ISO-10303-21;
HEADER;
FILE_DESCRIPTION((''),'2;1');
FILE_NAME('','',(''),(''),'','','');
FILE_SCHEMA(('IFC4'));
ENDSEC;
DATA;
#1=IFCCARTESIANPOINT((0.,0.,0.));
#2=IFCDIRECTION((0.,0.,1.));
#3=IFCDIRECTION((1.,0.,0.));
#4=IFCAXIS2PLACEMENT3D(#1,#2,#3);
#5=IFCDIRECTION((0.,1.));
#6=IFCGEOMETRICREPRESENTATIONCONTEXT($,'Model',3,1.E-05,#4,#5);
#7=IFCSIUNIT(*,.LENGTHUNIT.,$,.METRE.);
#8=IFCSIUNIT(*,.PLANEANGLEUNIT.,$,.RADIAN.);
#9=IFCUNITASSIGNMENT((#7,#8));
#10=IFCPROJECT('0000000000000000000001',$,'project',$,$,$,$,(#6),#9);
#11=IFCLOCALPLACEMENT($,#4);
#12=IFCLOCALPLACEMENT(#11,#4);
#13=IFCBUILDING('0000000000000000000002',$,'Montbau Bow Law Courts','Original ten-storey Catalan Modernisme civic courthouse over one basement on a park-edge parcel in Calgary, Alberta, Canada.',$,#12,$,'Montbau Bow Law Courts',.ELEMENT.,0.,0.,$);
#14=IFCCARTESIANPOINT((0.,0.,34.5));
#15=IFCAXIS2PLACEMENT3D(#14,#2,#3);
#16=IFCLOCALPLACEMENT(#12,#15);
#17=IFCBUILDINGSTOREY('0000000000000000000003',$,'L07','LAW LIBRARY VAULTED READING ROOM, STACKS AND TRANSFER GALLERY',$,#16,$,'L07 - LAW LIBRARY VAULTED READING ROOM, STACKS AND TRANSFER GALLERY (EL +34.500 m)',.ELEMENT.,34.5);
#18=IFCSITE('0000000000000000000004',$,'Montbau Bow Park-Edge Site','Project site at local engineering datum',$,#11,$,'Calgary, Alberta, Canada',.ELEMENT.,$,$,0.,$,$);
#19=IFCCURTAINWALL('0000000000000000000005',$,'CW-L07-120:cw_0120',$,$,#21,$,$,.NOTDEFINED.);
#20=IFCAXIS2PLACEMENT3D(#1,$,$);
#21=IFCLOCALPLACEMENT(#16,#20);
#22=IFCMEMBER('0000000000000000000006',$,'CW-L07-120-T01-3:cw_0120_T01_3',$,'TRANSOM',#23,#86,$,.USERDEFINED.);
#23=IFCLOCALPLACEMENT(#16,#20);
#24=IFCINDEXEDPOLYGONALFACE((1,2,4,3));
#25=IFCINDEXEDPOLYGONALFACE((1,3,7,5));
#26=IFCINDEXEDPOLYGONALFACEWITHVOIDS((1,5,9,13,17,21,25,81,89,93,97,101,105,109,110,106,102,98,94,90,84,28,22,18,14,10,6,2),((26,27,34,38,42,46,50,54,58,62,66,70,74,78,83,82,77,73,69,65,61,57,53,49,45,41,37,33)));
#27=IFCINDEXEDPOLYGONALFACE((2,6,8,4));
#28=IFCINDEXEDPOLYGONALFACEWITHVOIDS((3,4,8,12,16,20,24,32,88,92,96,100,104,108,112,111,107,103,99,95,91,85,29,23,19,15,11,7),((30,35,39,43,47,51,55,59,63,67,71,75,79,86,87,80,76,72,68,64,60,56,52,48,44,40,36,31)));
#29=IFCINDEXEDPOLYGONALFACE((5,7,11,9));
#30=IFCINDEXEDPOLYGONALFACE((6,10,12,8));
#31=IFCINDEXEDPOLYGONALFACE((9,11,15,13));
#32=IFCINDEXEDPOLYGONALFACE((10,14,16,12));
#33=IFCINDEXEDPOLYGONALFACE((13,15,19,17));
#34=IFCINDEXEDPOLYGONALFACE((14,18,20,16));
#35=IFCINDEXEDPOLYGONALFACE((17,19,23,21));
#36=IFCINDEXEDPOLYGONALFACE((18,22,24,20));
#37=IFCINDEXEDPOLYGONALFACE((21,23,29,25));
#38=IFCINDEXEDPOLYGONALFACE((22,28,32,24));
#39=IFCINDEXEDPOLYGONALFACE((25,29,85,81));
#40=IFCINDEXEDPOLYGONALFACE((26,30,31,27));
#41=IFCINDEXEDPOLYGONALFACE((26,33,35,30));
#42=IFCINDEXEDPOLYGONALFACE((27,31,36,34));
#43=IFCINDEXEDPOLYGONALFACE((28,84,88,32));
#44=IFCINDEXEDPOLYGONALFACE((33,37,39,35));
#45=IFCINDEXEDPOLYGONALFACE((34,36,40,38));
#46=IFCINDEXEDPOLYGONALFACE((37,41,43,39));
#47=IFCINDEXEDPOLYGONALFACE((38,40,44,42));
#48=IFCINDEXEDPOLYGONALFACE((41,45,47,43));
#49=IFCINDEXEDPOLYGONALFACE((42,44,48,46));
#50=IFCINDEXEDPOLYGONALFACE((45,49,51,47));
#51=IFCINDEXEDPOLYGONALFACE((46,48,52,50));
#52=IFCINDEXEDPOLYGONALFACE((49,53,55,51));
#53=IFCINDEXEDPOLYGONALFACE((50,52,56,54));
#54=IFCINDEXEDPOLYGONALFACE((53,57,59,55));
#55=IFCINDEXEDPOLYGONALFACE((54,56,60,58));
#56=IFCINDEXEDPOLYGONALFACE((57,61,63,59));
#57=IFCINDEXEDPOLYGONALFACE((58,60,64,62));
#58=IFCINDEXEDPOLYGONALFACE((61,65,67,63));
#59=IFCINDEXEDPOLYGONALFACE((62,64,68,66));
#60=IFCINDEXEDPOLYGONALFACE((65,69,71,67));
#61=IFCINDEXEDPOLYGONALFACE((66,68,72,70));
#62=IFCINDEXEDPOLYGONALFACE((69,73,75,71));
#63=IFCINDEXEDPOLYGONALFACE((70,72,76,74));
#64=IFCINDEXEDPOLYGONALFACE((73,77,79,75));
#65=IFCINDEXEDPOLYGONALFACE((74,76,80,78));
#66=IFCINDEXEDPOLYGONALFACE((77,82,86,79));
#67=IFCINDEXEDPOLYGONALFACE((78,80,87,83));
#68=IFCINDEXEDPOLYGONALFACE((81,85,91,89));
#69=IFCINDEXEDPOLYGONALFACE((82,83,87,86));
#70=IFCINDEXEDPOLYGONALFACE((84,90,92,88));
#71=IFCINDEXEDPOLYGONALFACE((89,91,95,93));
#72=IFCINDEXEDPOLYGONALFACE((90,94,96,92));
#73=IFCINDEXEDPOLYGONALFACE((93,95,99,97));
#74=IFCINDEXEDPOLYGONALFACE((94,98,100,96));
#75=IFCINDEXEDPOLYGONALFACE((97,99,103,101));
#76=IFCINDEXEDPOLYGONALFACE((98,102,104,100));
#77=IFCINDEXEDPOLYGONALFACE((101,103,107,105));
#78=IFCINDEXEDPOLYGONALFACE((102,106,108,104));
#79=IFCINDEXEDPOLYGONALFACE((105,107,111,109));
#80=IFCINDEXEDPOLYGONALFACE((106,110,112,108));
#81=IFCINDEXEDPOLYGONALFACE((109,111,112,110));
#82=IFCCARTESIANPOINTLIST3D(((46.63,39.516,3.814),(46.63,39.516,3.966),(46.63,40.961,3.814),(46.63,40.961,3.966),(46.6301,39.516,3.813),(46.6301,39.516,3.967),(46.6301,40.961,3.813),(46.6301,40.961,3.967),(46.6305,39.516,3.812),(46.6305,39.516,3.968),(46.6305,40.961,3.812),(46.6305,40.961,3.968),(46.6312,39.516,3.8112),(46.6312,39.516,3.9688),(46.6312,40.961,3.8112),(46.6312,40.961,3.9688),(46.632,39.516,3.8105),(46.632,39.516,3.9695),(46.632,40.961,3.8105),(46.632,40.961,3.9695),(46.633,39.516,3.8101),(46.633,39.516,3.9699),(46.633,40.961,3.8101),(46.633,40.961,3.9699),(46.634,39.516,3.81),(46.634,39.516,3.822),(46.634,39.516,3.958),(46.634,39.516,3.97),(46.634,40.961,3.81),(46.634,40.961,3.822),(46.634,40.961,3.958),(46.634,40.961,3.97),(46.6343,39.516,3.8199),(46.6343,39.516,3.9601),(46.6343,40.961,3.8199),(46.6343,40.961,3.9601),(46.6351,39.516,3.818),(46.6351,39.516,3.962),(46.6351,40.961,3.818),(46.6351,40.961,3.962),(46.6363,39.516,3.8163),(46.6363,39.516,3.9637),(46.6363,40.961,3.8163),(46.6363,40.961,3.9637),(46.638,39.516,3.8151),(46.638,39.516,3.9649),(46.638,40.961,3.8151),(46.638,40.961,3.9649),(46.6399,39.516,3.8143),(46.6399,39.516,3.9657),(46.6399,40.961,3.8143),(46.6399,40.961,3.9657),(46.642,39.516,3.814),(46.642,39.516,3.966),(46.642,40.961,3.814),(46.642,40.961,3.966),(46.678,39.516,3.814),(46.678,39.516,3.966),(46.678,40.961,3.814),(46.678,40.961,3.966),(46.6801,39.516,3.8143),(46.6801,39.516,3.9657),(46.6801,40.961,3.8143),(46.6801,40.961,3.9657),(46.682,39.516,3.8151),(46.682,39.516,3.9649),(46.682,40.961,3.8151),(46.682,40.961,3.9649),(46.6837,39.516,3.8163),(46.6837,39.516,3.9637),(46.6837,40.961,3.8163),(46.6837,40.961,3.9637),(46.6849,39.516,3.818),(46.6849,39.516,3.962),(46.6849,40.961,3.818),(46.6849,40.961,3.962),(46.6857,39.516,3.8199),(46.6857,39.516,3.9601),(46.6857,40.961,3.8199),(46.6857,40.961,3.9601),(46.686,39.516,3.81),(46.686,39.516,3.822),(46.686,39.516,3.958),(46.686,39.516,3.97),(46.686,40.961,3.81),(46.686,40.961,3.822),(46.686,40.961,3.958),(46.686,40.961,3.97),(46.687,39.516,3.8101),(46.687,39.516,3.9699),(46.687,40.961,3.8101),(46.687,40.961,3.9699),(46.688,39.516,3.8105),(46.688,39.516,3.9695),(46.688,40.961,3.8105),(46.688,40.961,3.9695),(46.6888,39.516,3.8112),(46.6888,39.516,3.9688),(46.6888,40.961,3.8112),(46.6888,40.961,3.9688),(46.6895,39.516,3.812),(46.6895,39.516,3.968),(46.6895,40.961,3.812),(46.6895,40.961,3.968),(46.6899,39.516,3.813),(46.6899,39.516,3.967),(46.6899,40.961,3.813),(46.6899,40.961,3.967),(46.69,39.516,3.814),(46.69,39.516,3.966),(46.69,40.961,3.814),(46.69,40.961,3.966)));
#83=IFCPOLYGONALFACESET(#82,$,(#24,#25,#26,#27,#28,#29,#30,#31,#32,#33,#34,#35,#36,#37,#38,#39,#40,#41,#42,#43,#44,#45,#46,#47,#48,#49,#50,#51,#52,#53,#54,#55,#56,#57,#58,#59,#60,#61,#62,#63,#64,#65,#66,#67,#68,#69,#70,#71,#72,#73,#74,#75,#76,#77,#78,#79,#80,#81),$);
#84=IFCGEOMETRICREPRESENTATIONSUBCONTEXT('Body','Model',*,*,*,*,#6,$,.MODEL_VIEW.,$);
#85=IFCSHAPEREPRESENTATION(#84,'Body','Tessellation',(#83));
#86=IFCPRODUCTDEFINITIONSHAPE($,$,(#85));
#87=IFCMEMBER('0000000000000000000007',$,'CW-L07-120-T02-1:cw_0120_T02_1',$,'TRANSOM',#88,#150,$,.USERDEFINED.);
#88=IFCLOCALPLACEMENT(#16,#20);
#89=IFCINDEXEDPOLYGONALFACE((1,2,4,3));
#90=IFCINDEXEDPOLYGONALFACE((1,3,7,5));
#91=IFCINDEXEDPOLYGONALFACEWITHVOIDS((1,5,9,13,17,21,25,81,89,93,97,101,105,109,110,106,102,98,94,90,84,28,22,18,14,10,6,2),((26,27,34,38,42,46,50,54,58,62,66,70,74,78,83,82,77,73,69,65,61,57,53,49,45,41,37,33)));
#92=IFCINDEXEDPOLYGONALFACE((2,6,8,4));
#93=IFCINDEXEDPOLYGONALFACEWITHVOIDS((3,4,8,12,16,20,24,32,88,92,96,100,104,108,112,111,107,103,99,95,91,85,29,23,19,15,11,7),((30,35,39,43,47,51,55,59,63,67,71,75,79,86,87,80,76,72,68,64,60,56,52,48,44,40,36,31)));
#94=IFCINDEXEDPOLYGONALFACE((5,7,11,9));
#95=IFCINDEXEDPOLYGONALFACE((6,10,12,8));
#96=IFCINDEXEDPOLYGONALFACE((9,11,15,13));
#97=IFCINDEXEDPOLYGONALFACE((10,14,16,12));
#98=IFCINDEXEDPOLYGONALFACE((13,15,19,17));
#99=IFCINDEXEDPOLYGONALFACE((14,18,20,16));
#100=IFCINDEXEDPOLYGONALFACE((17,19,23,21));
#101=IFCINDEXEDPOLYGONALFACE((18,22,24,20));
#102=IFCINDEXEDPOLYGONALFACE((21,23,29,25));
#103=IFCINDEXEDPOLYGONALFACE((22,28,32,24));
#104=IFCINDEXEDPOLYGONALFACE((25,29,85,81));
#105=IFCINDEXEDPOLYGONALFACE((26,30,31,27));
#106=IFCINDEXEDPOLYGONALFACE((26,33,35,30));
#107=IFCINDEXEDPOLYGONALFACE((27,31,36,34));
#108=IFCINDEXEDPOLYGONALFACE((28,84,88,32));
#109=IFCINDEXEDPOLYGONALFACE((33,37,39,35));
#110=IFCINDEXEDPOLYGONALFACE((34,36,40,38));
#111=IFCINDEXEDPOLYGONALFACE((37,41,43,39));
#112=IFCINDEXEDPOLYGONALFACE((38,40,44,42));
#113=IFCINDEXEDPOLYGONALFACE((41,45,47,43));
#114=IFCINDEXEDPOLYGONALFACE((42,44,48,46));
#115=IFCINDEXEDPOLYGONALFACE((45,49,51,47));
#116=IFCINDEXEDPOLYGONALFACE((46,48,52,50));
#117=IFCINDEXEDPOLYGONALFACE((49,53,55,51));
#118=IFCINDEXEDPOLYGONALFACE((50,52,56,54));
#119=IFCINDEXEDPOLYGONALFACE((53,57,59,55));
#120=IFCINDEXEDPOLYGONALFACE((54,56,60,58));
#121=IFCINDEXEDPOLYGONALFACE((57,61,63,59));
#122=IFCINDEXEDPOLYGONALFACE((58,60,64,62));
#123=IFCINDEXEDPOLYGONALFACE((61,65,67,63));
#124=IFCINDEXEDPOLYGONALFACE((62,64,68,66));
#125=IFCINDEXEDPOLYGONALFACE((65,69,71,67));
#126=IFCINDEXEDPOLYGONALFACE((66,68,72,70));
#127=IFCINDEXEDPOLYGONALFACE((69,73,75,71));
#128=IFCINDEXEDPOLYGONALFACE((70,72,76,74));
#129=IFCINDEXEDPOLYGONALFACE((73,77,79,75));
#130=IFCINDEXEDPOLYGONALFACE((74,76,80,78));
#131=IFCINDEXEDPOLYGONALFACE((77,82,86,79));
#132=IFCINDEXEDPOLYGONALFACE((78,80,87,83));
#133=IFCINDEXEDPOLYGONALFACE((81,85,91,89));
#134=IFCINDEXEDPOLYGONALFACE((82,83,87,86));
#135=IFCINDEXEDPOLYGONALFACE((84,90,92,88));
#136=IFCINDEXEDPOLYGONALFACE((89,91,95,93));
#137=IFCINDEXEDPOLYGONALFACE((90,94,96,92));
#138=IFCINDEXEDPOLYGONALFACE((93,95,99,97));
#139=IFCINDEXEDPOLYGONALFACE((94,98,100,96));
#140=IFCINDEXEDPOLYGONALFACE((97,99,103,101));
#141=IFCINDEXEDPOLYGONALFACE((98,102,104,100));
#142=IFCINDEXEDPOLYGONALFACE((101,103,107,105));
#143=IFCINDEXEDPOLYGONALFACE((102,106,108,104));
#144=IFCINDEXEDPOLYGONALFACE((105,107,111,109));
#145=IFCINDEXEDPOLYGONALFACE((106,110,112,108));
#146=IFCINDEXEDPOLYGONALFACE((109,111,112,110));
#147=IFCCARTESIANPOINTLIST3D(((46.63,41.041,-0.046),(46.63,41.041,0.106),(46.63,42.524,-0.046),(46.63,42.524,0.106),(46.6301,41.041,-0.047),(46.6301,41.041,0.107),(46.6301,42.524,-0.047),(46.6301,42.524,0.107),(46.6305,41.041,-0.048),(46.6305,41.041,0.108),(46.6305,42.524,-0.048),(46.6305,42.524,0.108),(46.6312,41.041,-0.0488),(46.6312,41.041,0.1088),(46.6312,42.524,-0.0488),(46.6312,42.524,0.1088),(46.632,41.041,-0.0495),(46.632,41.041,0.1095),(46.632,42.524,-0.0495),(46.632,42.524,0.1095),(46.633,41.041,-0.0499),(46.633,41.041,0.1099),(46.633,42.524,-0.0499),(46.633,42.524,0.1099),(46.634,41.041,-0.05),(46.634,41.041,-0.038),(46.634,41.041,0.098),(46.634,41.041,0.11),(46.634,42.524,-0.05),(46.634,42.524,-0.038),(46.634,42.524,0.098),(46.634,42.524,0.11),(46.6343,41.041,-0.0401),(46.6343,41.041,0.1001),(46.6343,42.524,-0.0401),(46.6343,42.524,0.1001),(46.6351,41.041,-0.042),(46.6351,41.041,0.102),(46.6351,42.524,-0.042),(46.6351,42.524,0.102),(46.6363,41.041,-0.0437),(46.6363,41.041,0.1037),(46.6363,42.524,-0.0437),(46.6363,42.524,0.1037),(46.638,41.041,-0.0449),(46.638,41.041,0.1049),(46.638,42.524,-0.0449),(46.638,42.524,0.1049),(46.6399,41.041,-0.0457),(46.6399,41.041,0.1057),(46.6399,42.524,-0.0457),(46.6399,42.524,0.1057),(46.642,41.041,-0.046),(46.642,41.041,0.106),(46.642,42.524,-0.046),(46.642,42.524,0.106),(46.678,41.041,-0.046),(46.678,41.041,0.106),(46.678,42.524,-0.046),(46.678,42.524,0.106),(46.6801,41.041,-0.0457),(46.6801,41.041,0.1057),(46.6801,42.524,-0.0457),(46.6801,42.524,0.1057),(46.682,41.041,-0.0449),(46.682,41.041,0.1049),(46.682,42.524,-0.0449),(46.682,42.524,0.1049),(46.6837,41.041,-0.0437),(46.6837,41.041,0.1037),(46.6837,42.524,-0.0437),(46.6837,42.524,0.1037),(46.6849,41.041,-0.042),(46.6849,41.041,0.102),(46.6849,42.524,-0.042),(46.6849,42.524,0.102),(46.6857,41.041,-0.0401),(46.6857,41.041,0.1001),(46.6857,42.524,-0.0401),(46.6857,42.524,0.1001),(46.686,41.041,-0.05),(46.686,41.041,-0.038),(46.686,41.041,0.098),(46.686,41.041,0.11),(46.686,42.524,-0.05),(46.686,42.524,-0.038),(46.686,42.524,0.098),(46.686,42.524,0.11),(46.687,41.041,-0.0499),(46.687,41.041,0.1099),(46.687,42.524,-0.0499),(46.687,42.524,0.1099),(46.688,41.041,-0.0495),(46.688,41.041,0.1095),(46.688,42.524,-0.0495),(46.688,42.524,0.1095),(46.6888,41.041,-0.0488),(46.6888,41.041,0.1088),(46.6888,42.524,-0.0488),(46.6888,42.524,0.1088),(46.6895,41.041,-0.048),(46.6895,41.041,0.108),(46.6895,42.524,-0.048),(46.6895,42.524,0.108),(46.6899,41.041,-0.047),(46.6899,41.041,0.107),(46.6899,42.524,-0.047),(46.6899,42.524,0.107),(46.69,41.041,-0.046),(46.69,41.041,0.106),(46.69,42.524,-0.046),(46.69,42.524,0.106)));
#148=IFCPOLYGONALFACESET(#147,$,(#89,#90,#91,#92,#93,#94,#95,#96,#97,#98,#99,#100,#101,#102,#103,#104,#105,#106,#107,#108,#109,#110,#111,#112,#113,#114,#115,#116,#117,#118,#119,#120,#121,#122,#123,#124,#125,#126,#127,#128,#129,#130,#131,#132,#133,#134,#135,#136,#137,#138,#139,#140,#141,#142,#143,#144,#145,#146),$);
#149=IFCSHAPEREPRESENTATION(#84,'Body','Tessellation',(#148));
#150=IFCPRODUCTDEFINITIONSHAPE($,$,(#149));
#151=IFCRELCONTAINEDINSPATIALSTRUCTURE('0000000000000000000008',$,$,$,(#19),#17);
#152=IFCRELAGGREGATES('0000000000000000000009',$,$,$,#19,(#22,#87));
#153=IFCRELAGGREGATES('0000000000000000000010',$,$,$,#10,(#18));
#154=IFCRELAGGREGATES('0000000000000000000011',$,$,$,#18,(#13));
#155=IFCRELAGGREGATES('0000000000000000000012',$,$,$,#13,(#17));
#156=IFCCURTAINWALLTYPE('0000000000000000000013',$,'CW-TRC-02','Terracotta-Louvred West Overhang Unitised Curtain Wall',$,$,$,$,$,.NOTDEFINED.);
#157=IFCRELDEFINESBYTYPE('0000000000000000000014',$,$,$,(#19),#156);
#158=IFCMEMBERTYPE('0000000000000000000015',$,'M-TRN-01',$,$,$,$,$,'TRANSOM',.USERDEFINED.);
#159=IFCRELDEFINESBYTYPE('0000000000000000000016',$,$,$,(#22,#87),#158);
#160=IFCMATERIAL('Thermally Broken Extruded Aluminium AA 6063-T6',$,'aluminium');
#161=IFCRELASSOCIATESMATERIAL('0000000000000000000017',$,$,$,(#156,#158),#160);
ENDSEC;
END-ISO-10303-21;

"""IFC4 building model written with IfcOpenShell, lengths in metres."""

from ifc_helpers import new_model, si_unit, direction, frame, origin_with_axes, origin_2d_with_axis, place, context, subcontext, project, spatial, hollow_rectangle, extrude, material, material_profile, profile_set, type_object, element, aggregate, save


model = new_model("IFC4")

# Units and contexts
model_context = context("Model", 3, precision=1e-05, world=origin_with_axes(), true_north=direction((0.0, 1.0)))
body_context = subcontext(model_context, "Body", "Model", "MODEL_VIEW")
ifc_project = project(units=[si_unit("LENGTHUNIT", "METRE"), si_unit("PLANEANGLEUNIT", "RADIAN")], contexts=[model_context])

# Site, building, storey
site_placement = place(None, origin_with_axes())
site = spatial("IfcSite", under=ifc_project, at=site_placement, Name="Montbau Bow Park-Edge Site", Description="Project site at local engineering datum", LongName="Calgary, Alberta, Canada", CompositionType="ELEMENT", RefElevation=0.0)
building_placement = place(site_placement, origin_with_axes())
building = spatial("IfcBuilding", under=site, at=building_placement, Name="Montbau Bow Law Courts", Description="Original ten-storey Catalan Modernisme civic courthouse over one basement on a park-edge parcel in Calgary, Alberta, Canada.", LongName="Montbau Bow Law Courts", CompositionType="ELEMENT", ElevationOfRefHeight=0.0, ElevationOfTerrain=0.0)
storey_placement = place(building_placement, frame((0.0, 0.0, 34.5), z_axis=(0.0, 0.0, 1.0), x_axis=(1.0, 0.0, 0.0)))
storey = spatial("IfcBuildingStorey", under=building, at=storey_placement, Name="L07", Description="LAW LIBRARY VAULTED READING ROOM, STACKS AND TRANSFER GALLERY", LongName="L07 - LAW LIBRARY VAULTED READING ROOM, STACKS AND TRANSFER GALLERY (EL +34.500 m)", CompositionType="ELEMENT", Elevation=34.5)

# Curtain wall
ifc_material_1 = material(Name="Thermally Broken Extruded Aluminium AA 6063-T6", Category="aluminium")
curtain_wall_type_1 = type_object("IfcCurtainWallType", Name="CW-TRC-02", Description="Terracotta-Louvred West Overhang Unitised Curtain Wall", PredefinedType="NOTDEFINED", material=ifc_material_1)
curtain_wall_1_placement = place(None, frame((46.66, 39.44, 34.5), z_axis=(0.0, 0.0, 1.0), x_axis=(1.0, 0.0, 0.0)))
curtain_wall_1 = element("IfcCurtainWall", 1, at=curtain_wall_1_placement, inside=storey, type_object=curtain_wall_type_1, Name="CW-L07-120:cw_0120", PredefinedType="NOTDEFINED")

# Members
ifc_material_profile_1 = material_profile(ifc_material_1, hollow_rectangle(XDim=0.06, YDim=0.16, WallThickness=0.004, InnerFilletRadius=0.008, OuterFilletRadius=0.004, at=origin_2d_with_axis()), Name="CWT-160X60", Category="Main", Priority=0)
ifc_profile_set_1 = profile_set([ifc_material_profile_1], Name="Thermally Broken Extruded Aluminium AA 6063-T6")
member_type_1 = type_object("IfcMemberType", Name="M-TRN-01", ElementType="TRANSOM", PredefinedType="USERDEFINED", material=ifc_profile_set_1)
member_1_placement = place(None, frame((46.66, 39.516, 38.39), z_axis=(0.0, 1.0, 0.0), x_axis=(-1.0, 0.0, 0.0)))
member_1 = element("IfcMember", 2, at=member_1_placement, type_object=member_type_1, Name="CW-L07-120-T01-3:cw_0120_T01_3", ObjectType="TRANSOM", PredefinedType="USERDEFINED", context=body_context, shape_type="SweptSolid", body=[
    extrude(hollow_rectangle(XDim=0.06, YDim=0.16, WallThickness=0.004, InnerFilletRadius=0.008, OuterFilletRadius=0.004, at=origin_2d_with_axis()), origin_with_axes(), (0.0, 0.0, 1.0), 1.445),
])
member_2_placement = place(None, frame((46.66, 41.041, 34.53), z_axis=(0.0, 1.0, 0.0), x_axis=(-1.0, 0.0, 0.0)))
member_2 = element("IfcMember", 3, at=member_2_placement, type_object=member_type_1, Name="CW-L07-120-T02-1:cw_0120_T02_1", ObjectType="TRANSOM", PredefinedType="USERDEFINED", context=body_context, shape_type="SweptSolid", body=[
    extrude(hollow_rectangle(XDim=0.06, YDim=0.16, WallThickness=0.004, InnerFilletRadius=0.008, OuterFilletRadius=0.004, at=origin_2d_with_axis()), origin_with_axes(), (0.0, 0.0, 1.0), 1.483),
])

aggregate(curtain_wall_1, [member_1, member_2])

save(model, "model.ifc")
